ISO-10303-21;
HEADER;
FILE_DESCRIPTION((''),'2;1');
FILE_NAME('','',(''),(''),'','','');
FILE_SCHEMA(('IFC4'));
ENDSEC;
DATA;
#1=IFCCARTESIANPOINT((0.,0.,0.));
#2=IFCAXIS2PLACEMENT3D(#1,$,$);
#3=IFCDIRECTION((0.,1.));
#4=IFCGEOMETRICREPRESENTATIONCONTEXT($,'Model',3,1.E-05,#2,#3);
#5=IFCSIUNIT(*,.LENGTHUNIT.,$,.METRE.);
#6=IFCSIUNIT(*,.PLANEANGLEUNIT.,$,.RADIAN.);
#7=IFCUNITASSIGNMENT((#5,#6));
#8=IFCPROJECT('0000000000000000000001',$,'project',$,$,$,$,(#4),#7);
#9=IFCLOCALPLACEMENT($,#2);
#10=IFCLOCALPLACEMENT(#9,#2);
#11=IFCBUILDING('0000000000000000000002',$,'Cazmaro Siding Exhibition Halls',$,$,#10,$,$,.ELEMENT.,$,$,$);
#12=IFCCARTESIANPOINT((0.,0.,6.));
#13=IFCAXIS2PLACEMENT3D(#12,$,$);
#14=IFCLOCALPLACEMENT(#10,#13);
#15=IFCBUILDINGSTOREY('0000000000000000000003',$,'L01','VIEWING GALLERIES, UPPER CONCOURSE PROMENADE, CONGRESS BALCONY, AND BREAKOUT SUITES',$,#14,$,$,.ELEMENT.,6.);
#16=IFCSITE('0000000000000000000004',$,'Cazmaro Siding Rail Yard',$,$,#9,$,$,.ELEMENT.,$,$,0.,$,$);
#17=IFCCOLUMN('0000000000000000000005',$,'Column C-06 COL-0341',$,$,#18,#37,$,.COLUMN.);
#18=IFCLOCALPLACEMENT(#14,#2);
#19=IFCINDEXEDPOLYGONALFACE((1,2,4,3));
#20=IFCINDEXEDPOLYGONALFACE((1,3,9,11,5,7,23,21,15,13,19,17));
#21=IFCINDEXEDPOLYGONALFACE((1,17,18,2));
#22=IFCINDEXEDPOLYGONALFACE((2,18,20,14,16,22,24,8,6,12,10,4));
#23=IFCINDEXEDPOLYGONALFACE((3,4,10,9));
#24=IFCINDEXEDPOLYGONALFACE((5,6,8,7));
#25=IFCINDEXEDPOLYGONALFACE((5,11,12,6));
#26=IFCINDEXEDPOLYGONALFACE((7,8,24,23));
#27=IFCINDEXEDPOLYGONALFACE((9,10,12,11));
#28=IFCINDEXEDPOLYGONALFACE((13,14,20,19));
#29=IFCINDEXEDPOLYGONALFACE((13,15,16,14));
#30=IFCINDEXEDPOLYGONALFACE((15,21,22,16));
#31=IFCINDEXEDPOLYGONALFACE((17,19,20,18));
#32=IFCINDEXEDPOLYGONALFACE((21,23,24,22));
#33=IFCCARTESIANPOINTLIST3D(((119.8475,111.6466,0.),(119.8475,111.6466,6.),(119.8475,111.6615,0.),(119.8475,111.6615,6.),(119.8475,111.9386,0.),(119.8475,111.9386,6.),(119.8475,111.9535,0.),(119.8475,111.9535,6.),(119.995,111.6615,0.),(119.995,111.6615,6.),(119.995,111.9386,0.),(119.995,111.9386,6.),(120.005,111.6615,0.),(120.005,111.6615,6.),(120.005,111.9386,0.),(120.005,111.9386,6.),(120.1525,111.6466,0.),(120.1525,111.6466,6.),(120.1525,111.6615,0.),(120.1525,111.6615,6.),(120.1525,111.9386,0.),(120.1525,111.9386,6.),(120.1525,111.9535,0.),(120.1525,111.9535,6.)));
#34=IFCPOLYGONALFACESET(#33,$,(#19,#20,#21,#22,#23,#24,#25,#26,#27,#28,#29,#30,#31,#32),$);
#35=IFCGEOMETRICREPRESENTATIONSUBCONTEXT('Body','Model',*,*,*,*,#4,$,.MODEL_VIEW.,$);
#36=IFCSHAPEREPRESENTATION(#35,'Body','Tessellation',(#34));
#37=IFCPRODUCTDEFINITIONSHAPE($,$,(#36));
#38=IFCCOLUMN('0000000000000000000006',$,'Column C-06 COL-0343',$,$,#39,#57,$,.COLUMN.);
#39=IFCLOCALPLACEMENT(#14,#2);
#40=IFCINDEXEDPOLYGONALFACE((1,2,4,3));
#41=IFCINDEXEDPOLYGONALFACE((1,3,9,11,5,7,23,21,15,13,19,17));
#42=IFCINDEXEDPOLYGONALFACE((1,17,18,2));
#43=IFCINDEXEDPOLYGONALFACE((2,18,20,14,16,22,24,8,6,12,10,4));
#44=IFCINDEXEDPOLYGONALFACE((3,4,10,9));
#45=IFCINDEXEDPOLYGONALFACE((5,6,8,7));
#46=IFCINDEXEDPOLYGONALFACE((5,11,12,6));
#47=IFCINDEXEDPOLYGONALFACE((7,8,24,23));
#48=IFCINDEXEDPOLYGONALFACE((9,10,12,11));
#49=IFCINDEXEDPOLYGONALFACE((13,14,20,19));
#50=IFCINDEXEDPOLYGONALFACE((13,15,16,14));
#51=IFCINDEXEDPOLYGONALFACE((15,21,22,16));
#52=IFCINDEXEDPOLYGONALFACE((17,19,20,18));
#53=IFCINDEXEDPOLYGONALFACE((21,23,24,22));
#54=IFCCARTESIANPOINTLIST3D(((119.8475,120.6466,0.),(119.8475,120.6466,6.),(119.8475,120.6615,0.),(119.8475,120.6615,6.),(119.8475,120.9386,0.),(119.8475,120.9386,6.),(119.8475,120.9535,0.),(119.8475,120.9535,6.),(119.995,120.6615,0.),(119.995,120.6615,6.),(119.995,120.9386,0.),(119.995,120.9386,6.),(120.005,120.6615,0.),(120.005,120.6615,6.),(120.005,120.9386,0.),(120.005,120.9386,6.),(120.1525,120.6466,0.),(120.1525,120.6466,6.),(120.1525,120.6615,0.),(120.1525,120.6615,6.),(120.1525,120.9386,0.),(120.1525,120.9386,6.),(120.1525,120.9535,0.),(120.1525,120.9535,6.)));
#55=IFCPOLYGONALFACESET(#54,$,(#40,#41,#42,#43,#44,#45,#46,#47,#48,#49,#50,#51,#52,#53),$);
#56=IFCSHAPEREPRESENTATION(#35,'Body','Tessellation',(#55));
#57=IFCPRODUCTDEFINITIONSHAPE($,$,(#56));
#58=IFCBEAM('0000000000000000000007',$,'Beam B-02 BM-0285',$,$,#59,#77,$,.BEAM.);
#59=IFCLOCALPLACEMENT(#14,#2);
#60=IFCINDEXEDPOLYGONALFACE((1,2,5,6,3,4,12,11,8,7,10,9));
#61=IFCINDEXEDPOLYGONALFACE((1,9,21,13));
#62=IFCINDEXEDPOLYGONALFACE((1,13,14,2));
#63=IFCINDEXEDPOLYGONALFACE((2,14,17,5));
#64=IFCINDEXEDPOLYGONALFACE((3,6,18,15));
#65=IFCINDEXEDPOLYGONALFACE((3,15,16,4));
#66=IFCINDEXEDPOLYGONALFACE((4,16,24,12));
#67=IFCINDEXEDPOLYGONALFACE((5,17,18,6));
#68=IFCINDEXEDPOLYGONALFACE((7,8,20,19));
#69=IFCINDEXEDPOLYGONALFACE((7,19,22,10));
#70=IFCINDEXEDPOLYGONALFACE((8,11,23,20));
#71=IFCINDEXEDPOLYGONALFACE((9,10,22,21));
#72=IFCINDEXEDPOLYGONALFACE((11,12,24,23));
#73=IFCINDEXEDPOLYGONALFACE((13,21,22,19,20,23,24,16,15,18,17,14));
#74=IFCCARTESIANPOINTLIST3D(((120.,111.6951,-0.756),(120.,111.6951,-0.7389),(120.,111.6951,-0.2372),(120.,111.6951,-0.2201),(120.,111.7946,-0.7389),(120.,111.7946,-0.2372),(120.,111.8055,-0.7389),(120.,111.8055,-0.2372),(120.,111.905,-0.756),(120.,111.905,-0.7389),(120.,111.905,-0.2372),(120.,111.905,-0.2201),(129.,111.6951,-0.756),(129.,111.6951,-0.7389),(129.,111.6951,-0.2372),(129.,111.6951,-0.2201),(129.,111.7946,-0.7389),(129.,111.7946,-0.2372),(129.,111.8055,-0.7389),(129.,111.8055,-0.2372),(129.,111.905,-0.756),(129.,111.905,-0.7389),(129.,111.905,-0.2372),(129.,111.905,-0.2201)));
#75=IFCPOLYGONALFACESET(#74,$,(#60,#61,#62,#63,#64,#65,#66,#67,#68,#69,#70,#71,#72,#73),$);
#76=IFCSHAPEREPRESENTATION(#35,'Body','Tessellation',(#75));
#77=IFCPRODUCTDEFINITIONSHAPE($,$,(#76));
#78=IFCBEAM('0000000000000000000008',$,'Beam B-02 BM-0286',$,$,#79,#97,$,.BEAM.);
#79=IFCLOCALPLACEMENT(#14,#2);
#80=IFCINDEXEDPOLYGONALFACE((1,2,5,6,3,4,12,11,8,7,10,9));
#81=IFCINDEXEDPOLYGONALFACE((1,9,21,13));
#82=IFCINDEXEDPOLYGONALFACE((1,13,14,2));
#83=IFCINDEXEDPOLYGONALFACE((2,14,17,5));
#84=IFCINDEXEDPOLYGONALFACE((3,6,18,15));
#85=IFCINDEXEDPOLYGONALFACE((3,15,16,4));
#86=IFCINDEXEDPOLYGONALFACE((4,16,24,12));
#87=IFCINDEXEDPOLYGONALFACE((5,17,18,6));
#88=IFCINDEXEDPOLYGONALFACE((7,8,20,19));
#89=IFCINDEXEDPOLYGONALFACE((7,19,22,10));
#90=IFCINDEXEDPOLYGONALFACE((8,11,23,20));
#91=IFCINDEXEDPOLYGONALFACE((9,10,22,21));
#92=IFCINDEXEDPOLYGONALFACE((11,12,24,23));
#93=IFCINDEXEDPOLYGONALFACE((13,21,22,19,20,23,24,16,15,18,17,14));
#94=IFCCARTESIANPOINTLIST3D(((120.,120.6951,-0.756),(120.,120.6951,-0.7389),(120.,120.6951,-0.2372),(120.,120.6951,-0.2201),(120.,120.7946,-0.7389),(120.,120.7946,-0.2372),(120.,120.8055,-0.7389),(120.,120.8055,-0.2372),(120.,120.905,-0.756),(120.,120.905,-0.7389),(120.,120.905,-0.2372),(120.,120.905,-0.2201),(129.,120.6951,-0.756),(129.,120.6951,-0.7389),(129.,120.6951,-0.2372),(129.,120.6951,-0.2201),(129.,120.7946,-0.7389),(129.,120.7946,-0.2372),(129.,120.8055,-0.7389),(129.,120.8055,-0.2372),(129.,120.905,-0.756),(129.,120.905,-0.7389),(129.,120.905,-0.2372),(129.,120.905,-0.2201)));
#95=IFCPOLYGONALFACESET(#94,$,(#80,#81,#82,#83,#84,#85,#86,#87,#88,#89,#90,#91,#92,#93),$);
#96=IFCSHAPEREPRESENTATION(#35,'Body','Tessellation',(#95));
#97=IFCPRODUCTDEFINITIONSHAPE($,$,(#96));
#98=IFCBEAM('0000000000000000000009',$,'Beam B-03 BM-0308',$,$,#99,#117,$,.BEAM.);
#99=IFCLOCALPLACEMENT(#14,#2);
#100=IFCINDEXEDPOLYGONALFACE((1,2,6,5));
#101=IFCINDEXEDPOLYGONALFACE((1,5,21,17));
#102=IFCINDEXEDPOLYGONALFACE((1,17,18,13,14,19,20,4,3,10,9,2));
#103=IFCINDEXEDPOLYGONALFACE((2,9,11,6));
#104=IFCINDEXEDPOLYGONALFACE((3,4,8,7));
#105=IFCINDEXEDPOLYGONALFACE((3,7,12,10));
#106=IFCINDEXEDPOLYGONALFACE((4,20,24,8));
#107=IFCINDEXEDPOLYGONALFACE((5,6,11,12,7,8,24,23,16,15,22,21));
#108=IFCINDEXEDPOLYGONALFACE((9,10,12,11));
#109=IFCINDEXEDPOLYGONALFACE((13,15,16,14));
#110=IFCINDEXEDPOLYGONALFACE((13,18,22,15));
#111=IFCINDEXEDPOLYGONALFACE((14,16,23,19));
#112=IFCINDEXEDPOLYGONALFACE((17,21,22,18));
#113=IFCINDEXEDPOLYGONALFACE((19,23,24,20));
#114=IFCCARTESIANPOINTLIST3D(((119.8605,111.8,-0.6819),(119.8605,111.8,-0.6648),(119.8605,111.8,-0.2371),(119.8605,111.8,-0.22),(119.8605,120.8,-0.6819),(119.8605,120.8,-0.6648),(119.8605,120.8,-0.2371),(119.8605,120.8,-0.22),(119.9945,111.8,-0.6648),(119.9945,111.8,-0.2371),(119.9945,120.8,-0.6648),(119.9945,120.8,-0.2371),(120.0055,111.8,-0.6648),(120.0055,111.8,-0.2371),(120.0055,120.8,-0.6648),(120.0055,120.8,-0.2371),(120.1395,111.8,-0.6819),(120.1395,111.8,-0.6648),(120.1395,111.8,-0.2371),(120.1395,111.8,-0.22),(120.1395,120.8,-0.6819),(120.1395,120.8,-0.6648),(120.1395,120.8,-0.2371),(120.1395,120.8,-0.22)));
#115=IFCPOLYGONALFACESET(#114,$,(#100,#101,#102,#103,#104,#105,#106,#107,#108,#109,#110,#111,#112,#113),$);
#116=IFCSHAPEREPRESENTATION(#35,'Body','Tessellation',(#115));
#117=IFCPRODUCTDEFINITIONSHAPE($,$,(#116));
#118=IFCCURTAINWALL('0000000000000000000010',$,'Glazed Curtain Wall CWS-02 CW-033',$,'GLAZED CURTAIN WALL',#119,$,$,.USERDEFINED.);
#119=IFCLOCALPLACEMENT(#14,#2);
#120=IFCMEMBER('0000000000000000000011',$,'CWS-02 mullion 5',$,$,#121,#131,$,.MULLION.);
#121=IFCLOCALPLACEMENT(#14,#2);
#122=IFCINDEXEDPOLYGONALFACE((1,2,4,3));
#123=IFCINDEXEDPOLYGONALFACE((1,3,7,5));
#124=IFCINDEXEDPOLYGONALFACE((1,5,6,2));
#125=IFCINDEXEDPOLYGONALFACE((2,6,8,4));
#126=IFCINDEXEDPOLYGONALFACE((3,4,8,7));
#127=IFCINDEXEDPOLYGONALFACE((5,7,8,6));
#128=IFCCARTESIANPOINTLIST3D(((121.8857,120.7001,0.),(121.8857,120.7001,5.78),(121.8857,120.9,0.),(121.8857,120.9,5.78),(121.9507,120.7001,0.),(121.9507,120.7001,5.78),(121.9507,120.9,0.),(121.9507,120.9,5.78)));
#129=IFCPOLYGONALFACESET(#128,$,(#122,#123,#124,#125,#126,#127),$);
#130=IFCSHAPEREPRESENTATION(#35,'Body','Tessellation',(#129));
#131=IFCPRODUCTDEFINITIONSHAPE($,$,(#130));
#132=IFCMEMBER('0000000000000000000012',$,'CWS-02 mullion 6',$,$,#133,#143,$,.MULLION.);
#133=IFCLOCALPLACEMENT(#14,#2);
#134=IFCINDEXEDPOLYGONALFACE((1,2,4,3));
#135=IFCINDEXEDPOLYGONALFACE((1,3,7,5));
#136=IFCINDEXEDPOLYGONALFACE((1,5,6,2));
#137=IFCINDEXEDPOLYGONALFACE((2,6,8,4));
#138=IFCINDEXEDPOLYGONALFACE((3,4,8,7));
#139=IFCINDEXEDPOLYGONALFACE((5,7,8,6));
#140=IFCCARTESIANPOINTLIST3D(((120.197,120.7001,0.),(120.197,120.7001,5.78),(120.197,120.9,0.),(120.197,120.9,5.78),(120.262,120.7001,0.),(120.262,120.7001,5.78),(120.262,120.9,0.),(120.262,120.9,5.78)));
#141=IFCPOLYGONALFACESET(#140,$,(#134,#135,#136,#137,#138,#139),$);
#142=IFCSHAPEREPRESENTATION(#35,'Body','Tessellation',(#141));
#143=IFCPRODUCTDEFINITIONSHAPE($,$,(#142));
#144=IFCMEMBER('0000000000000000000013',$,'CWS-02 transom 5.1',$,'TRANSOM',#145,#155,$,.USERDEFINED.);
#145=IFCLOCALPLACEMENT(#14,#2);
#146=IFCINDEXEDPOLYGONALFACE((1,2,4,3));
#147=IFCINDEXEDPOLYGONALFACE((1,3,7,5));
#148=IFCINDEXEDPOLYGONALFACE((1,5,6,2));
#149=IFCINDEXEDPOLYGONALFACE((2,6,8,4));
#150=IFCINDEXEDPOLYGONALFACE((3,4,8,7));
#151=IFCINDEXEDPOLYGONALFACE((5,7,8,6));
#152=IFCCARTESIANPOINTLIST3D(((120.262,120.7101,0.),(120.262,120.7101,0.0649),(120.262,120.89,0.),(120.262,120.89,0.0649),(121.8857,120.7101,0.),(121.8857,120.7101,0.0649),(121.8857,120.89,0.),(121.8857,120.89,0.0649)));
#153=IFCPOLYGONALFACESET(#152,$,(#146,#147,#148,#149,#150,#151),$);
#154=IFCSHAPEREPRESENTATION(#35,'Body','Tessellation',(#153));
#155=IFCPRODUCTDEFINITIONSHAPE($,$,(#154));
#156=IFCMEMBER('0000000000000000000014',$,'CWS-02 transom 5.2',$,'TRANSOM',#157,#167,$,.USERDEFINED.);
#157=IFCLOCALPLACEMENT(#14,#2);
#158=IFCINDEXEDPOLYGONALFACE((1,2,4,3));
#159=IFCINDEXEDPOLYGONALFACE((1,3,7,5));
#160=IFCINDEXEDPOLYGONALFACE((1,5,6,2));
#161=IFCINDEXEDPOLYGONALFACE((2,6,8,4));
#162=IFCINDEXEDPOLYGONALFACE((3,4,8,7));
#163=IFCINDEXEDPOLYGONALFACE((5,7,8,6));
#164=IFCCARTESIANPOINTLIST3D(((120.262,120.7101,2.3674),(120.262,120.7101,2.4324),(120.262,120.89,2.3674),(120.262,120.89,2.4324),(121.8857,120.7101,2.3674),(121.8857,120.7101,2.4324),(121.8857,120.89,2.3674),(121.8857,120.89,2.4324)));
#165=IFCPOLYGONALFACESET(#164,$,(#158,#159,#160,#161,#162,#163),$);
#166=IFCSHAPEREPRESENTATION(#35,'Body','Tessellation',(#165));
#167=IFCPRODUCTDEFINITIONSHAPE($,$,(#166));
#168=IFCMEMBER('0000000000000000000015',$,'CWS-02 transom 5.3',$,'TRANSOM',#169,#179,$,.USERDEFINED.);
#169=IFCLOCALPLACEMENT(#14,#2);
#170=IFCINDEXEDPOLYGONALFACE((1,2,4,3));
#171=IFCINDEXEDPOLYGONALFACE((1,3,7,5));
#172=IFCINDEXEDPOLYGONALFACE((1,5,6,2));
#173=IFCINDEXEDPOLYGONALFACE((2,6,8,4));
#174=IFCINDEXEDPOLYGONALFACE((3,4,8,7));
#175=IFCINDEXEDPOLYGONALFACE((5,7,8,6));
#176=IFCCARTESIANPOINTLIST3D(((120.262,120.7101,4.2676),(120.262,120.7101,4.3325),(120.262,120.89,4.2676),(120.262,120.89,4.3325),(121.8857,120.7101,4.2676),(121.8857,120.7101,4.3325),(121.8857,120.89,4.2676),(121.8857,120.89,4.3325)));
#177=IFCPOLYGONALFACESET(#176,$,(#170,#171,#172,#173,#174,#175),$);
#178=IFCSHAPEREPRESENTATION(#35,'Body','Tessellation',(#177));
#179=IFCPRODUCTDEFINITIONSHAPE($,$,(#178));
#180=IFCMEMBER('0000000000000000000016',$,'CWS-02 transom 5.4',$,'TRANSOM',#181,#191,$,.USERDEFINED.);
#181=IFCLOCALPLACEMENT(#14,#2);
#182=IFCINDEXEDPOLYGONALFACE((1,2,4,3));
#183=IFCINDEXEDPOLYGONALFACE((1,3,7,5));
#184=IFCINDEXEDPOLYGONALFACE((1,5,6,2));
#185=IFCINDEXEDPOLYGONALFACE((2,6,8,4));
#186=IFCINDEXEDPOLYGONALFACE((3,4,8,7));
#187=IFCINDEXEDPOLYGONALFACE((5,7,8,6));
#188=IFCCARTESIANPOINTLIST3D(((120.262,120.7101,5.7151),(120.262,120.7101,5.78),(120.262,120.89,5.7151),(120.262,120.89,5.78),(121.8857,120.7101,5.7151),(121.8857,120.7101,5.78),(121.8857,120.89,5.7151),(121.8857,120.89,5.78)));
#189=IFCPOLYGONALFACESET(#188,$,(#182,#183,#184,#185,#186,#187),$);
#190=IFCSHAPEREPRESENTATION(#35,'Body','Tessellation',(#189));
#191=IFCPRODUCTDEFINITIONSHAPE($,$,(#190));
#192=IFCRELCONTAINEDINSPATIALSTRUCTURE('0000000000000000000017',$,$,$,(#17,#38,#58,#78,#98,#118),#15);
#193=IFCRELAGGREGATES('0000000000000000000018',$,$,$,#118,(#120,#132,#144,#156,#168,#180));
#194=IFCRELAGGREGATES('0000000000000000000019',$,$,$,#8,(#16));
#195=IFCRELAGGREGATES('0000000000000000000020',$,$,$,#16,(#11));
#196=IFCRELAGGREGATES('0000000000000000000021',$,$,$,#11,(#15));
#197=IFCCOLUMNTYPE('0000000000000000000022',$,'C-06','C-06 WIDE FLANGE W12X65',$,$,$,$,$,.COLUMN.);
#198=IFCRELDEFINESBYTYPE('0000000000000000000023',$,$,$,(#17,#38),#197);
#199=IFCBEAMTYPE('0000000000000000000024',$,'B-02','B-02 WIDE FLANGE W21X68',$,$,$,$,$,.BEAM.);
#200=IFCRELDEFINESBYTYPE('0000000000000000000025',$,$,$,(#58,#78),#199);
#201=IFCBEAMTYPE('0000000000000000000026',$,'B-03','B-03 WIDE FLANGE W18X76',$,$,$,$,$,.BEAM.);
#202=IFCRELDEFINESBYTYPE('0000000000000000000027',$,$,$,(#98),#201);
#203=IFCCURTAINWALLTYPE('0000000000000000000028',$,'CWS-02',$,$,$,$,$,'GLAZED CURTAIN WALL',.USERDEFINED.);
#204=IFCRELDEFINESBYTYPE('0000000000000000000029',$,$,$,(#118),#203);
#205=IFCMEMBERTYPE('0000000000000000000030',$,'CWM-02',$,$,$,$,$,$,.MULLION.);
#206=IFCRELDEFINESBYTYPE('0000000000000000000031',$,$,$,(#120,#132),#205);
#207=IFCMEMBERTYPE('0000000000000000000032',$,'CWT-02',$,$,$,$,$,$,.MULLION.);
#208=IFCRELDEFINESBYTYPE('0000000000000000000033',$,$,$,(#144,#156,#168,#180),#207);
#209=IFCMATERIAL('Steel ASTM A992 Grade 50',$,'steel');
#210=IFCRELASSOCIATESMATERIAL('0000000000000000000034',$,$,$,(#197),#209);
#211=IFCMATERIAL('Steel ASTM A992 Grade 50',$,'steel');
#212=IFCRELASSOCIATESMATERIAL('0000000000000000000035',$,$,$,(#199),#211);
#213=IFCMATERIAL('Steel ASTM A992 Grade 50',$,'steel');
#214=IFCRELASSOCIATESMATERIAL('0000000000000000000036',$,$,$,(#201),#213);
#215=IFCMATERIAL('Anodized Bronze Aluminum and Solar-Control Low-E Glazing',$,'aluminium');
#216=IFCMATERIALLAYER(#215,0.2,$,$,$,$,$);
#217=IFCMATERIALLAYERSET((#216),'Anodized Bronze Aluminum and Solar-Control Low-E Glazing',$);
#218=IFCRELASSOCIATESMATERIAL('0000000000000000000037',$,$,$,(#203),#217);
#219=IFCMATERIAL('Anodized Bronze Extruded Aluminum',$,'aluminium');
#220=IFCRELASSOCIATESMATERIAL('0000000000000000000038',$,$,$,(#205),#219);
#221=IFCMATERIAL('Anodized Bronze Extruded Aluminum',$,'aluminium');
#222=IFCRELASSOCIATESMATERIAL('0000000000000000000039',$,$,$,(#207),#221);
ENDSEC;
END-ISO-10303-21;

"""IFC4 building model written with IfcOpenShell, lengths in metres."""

from ifc_helpers import new_model, si_unit, direction, frame, origin, origin_2d, place, context, subcontext, project, spatial, rectangle, i_section, extrude, material, layer, layer_set, material_profile, profile_set, type_object, element, aggregate, save


model = new_model("IFC4")

# Units and contexts
model_context = context("Model", 3, precision=1e-05, world=origin(), true_north=direction((0.0, 1.0)))
body_context = subcontext(model_context, "Body", "Model", "MODEL_VIEW")
ifc_project = project(units=[si_unit("LENGTHUNIT", "METRE"), si_unit("PLANEANGLEUNIT", "RADIAN")], contexts=[model_context])

# Site, building, storey
site_placement = place(None, origin())
site = spatial("IfcSite", under=ifc_project, at=site_placement, Name="Cazmaro Siding Rail Yard", CompositionType="ELEMENT", RefElevation=0.0)
building_placement = place(site_placement, origin())
building = spatial("IfcBuilding", under=site, at=building_placement, Name="Cazmaro Siding Exhibition Halls", CompositionType="ELEMENT")
storey_placement = place(building_placement, frame((0.0, 0.0, 6.0)))
storey = spatial("IfcBuildingStorey", under=building, at=storey_placement, Name="L01", Description="VIEWING GALLERIES, UPPER CONCOURSE PROMENADE, CONGRESS BALCONY, AND BREAKOUT SUITES", CompositionType="ELEMENT", Elevation=6.0)

# Columns
ifc_material_1 = material(Name="Steel ASTM A992 Grade 50", Category="steel")
ifc_material_profile_1 = material_profile(ifc_material_1, i_section(OverallWidth=0.3049, OverallDepth=0.3069, WebThickness=0.01, FlangeThickness=0.0149, at=origin_2d()), Name="W12X65")
ifc_profile_set_1 = profile_set([ifc_material_profile_1], Name="Steel ASTM A992 Grade 50")
column_type = type_object("IfcColumnType", Name="C-06", Description="C-06 WIDE FLANGE W12X65", PredefinedType="COLUMN", material=ifc_profile_set_1)
for number, where, z_axis, x_axis, name in (
    (1, (120.0, 111.8, 0.0), (0.0, 0.0, 1.0), (1.0, 0.0, 0.0), "Column C-06 COL-0341"),
    (2, (120.0, 120.8, 0.0), (0.0, 0.0, 1.0), (1.0, 0.0, 0.0), "Column C-06 COL-0343"),
):
    element("IfcColumn", number, at=place(storey_placement, frame(where, z_axis=z_axis, x_axis=x_axis)), inside=storey, type_object=column_type, Name=name, PredefinedType="COLUMN", context=body_context, shape_type="SweptSolid", body=[
        extrude(i_section(OverallWidth=0.3049, OverallDepth=0.3069, WebThickness=0.01, FlangeThickness=0.0149, at=origin_2d()), origin(), (0.0, 0.0, 1.0), 6.0),
    ])

# Beams
ifc_material_2 = material(Name="Steel ASTM A992 Grade 50", Category="steel")
ifc_material_profile_2 = material_profile(ifc_material_2, i_section(OverallWidth=0.21, OverallDepth=0.5359, WebThickness=0.011, FlangeThickness=0.0171, at=origin_2d()), Name="W21X68")
ifc_profile_set_2 = profile_set([ifc_material_profile_2], Name="Steel ASTM A992 Grade 50")
beam_type_1 = type_object("IfcBeamType", Name="B-02", Description="B-02 WIDE FLANGE W21X68", PredefinedType="BEAM", material=ifc_profile_set_2)
for number, where, z_axis, x_axis, name in (
    (3, (120.0, 111.8, -0.488), (1.0, 0.0, 0.0), (0.0, 1.0, 0.0), "Beam B-02 BM-0285"),
    (4, (120.0, 120.8, -0.488), (1.0, 0.0, 0.0), (0.0, 1.0, 0.0), "Beam B-02 BM-0286"),
):
    element("IfcBeam", number, at=place(storey_placement, frame(where, z_axis=z_axis, x_axis=x_axis)), inside=storey, type_object=beam_type_1, Name=name, PredefinedType="BEAM", context=body_context, shape_type="SweptSolid", body=[
        extrude(i_section(OverallWidth=0.21, OverallDepth=0.5359, WebThickness=0.011, FlangeThickness=0.0171, at=origin_2d()), origin(), (0.0, 0.0, 1.0), 9.0),
    ])
ifc_material_3 = material(Name="Steel ASTM A992 Grade 50", Category="steel")
ifc_material_profile_3 = material_profile(ifc_material_3, i_section(OverallWidth=0.2791, OverallDepth=0.4619, WebThickness=0.011, FlangeThickness=0.0171, at=origin_2d()), Name="W18X76")
ifc_profile_set_3 = profile_set([ifc_material_profile_3], Name="Steel ASTM A992 Grade 50")
beam_type_2 = type_object("IfcBeamType", Name="B-03", Description="B-03 WIDE FLANGE W18X76", PredefinedType="BEAM", material=ifc_profile_set_3)
beam_1_placement = place(storey_placement, frame((120.0, 111.8, -0.4509), z_axis=(0.0, 1.0, 0.0), x_axis=(-1.0, 0.0, 0.0)))
element("IfcBeam", 5, at=beam_1_placement, inside=storey, type_object=beam_type_2, Name="Beam B-03 BM-0308", PredefinedType="BEAM", context=body_context, shape_type="SweptSolid", body=[
    extrude(i_section(OverallWidth=0.2791, OverallDepth=0.4619, WebThickness=0.011, FlangeThickness=0.0171, at=origin_2d()), origin(), (0.0, 0.0, 1.0), 9.0),
])

# Curtain wall, members
ifc_material_4 = material(Name="Anodized Bronze Aluminum and Solar-Control Low-E Glazing", Category="aluminium")
ifc_layer_1 = layer(ifc_material_4, 0.2)
ifc_layer_set_1 = layer_set([ifc_layer_1], Name="Anodized Bronze Aluminum and Solar-Control Low-E Glazing")
curtain_wall_type = type_object("IfcCurtainWallType", Name="CWS-02", ElementType="GLAZED CURTAIN WALL", PredefinedType="USERDEFINED", material=ifc_layer_set_1)
curtain_wall_placement = place(storey_placement, origin())
curtain_wall = element("IfcCurtainWall", 6, at=curtain_wall_placement, inside=storey, type_object=curtain_wall_type, Name="Glazed Curtain Wall CWS-02 CW-033", ObjectType="GLAZED CURTAIN WALL", PredefinedType="USERDEFINED")
ifc_material_5 = material(Name="Anodized Bronze Extruded Aluminum", Category="aluminium")
ifc_material_profile_4 = material_profile(ifc_material_5, rectangle(XDim=0.2, YDim=0.0649, at=origin_2d()), Name="CWM-02")
ifc_profile_set_4 = profile_set([ifc_material_profile_4], Name="Anodized Bronze Extruded Aluminum")
member_type_1 = type_object("IfcMemberType", Name="CWM-02", PredefinedType="MULLION", material=ifc_profile_set_4)
member_1_placement = place(storey_placement, frame((121.9182, 120.8, 0.0), z_axis=(0.0, 0.0, 1.0), x_axis=(0.0, -1.0, 0.0)))
member_1 = element("IfcMember", 7, at=member_1_placement, type_object=member_type_1, Name="CWS-02 mullion 5", PredefinedType="MULLION", context=body_context, shape_type="SweptSolid", body=[
    extrude(rectangle(XDim=0.2, YDim=0.0649, at=origin_2d()), origin(), (0.0, 0.0, 1.0), 5.78),
])
member_2_placement = place(storey_placement, frame((120.2295, 120.8, 0.0), z_axis=(0.0, 0.0, 1.0), x_axis=(0.0, -1.0, 0.0)))
member_2 = element("IfcMember", 8, at=member_2_placement, type_object=member_type_1, Name="CWS-02 mullion 6", PredefinedType="MULLION", context=body_context, shape_type="SweptSolid", body=[
    extrude(rectangle(XDim=0.2, YDim=0.0649, at=origin_2d()), origin(), (0.0, 0.0, 1.0), 5.78),
])
ifc_material_6 = material(Name="Anodized Bronze Extruded Aluminum", Category="aluminium")
ifc_material_profile_5 = material_profile(ifc_material_6, rectangle(XDim=0.1799, YDim=0.0649, at=origin_2d()), Name="CWT-02")
ifc_profile_set_5 = profile_set([ifc_material_profile_5], Name="Anodized Bronze Extruded Aluminum")
member_type_2 = type_object("IfcMemberType", Name="CWT-02", PredefinedType="MULLION", material=ifc_profile_set_5)
member_3_placement = place(storey_placement, frame((121.8857, 120.8, 0.0325), z_axis=(-1.0, 0.0, 0.0), x_axis=(0.0, -1.0, 0.0)))
member_3 = element("IfcMember", 9, at=member_3_placement, type_object=member_type_2, Name="CWS-02 transom 5.1", ObjectType="TRANSOM", PredefinedType="USERDEFINED", context=body_context, shape_type="SweptSolid", body=[
    extrude(rectangle(XDim=0.1799, YDim=0.0649, at=origin_2d()), origin(), (0.0, 0.0, 1.0), 1.6238),
])
member_4_placement = place(storey_placement, frame((121.8857, 120.8, 2.3999), z_axis=(-1.0, 0.0, 0.0), x_axis=(0.0, -1.0, 0.0)))
member_4 = element("IfcMember", 10, at=member_4_placement, type_object=member_type_2, Name="CWS-02 transom 5.2", ObjectType="TRANSOM", PredefinedType="USERDEFINED", context=body_context, shape_type="SweptSolid", body=[
    extrude(rectangle(XDim=0.1799, YDim=0.0649, at=origin_2d()), origin(), (0.0, 0.0, 1.0), 1.6238),
])
member_5_placement = place(storey_placement, frame((121.8857, 120.8, 4.3), z_axis=(-1.0, 0.0, 0.0), x_axis=(0.0, -1.0, 0.0)))
member_5 = element("IfcMember", 11, at=member_5_placement, type_object=member_type_2, Name="CWS-02 transom 5.3", ObjectType="TRANSOM", PredefinedType="USERDEFINED", context=body_context, shape_type="SweptSolid", body=[
    extrude(rectangle(XDim=0.1799, YDim=0.0649, at=origin_2d()), origin(), (0.0, 0.0, 1.0), 1.6238),
])
member_6_placement = place(storey_placement, frame((121.8857, 120.8, 5.7476), z_axis=(-1.0, 0.0, 0.0), x_axis=(0.0, -1.0, 0.0)))
member_6 = element("IfcMember", 12, at=member_6_placement, type_object=member_type_2, Name="CWS-02 transom 5.4", ObjectType="TRANSOM", PredefinedType="USERDEFINED", context=body_context, shape_type="SweptSolid", body=[
    extrude(rectangle(XDim=0.1799, YDim=0.0649, at=origin_2d()), origin(), (0.0, 0.0, 1.0), 1.6238),
])

aggregate(curtain_wall, [member_1, member_2, member_3, member_4, member_5, member_6])

save(model, "model.ifc")
